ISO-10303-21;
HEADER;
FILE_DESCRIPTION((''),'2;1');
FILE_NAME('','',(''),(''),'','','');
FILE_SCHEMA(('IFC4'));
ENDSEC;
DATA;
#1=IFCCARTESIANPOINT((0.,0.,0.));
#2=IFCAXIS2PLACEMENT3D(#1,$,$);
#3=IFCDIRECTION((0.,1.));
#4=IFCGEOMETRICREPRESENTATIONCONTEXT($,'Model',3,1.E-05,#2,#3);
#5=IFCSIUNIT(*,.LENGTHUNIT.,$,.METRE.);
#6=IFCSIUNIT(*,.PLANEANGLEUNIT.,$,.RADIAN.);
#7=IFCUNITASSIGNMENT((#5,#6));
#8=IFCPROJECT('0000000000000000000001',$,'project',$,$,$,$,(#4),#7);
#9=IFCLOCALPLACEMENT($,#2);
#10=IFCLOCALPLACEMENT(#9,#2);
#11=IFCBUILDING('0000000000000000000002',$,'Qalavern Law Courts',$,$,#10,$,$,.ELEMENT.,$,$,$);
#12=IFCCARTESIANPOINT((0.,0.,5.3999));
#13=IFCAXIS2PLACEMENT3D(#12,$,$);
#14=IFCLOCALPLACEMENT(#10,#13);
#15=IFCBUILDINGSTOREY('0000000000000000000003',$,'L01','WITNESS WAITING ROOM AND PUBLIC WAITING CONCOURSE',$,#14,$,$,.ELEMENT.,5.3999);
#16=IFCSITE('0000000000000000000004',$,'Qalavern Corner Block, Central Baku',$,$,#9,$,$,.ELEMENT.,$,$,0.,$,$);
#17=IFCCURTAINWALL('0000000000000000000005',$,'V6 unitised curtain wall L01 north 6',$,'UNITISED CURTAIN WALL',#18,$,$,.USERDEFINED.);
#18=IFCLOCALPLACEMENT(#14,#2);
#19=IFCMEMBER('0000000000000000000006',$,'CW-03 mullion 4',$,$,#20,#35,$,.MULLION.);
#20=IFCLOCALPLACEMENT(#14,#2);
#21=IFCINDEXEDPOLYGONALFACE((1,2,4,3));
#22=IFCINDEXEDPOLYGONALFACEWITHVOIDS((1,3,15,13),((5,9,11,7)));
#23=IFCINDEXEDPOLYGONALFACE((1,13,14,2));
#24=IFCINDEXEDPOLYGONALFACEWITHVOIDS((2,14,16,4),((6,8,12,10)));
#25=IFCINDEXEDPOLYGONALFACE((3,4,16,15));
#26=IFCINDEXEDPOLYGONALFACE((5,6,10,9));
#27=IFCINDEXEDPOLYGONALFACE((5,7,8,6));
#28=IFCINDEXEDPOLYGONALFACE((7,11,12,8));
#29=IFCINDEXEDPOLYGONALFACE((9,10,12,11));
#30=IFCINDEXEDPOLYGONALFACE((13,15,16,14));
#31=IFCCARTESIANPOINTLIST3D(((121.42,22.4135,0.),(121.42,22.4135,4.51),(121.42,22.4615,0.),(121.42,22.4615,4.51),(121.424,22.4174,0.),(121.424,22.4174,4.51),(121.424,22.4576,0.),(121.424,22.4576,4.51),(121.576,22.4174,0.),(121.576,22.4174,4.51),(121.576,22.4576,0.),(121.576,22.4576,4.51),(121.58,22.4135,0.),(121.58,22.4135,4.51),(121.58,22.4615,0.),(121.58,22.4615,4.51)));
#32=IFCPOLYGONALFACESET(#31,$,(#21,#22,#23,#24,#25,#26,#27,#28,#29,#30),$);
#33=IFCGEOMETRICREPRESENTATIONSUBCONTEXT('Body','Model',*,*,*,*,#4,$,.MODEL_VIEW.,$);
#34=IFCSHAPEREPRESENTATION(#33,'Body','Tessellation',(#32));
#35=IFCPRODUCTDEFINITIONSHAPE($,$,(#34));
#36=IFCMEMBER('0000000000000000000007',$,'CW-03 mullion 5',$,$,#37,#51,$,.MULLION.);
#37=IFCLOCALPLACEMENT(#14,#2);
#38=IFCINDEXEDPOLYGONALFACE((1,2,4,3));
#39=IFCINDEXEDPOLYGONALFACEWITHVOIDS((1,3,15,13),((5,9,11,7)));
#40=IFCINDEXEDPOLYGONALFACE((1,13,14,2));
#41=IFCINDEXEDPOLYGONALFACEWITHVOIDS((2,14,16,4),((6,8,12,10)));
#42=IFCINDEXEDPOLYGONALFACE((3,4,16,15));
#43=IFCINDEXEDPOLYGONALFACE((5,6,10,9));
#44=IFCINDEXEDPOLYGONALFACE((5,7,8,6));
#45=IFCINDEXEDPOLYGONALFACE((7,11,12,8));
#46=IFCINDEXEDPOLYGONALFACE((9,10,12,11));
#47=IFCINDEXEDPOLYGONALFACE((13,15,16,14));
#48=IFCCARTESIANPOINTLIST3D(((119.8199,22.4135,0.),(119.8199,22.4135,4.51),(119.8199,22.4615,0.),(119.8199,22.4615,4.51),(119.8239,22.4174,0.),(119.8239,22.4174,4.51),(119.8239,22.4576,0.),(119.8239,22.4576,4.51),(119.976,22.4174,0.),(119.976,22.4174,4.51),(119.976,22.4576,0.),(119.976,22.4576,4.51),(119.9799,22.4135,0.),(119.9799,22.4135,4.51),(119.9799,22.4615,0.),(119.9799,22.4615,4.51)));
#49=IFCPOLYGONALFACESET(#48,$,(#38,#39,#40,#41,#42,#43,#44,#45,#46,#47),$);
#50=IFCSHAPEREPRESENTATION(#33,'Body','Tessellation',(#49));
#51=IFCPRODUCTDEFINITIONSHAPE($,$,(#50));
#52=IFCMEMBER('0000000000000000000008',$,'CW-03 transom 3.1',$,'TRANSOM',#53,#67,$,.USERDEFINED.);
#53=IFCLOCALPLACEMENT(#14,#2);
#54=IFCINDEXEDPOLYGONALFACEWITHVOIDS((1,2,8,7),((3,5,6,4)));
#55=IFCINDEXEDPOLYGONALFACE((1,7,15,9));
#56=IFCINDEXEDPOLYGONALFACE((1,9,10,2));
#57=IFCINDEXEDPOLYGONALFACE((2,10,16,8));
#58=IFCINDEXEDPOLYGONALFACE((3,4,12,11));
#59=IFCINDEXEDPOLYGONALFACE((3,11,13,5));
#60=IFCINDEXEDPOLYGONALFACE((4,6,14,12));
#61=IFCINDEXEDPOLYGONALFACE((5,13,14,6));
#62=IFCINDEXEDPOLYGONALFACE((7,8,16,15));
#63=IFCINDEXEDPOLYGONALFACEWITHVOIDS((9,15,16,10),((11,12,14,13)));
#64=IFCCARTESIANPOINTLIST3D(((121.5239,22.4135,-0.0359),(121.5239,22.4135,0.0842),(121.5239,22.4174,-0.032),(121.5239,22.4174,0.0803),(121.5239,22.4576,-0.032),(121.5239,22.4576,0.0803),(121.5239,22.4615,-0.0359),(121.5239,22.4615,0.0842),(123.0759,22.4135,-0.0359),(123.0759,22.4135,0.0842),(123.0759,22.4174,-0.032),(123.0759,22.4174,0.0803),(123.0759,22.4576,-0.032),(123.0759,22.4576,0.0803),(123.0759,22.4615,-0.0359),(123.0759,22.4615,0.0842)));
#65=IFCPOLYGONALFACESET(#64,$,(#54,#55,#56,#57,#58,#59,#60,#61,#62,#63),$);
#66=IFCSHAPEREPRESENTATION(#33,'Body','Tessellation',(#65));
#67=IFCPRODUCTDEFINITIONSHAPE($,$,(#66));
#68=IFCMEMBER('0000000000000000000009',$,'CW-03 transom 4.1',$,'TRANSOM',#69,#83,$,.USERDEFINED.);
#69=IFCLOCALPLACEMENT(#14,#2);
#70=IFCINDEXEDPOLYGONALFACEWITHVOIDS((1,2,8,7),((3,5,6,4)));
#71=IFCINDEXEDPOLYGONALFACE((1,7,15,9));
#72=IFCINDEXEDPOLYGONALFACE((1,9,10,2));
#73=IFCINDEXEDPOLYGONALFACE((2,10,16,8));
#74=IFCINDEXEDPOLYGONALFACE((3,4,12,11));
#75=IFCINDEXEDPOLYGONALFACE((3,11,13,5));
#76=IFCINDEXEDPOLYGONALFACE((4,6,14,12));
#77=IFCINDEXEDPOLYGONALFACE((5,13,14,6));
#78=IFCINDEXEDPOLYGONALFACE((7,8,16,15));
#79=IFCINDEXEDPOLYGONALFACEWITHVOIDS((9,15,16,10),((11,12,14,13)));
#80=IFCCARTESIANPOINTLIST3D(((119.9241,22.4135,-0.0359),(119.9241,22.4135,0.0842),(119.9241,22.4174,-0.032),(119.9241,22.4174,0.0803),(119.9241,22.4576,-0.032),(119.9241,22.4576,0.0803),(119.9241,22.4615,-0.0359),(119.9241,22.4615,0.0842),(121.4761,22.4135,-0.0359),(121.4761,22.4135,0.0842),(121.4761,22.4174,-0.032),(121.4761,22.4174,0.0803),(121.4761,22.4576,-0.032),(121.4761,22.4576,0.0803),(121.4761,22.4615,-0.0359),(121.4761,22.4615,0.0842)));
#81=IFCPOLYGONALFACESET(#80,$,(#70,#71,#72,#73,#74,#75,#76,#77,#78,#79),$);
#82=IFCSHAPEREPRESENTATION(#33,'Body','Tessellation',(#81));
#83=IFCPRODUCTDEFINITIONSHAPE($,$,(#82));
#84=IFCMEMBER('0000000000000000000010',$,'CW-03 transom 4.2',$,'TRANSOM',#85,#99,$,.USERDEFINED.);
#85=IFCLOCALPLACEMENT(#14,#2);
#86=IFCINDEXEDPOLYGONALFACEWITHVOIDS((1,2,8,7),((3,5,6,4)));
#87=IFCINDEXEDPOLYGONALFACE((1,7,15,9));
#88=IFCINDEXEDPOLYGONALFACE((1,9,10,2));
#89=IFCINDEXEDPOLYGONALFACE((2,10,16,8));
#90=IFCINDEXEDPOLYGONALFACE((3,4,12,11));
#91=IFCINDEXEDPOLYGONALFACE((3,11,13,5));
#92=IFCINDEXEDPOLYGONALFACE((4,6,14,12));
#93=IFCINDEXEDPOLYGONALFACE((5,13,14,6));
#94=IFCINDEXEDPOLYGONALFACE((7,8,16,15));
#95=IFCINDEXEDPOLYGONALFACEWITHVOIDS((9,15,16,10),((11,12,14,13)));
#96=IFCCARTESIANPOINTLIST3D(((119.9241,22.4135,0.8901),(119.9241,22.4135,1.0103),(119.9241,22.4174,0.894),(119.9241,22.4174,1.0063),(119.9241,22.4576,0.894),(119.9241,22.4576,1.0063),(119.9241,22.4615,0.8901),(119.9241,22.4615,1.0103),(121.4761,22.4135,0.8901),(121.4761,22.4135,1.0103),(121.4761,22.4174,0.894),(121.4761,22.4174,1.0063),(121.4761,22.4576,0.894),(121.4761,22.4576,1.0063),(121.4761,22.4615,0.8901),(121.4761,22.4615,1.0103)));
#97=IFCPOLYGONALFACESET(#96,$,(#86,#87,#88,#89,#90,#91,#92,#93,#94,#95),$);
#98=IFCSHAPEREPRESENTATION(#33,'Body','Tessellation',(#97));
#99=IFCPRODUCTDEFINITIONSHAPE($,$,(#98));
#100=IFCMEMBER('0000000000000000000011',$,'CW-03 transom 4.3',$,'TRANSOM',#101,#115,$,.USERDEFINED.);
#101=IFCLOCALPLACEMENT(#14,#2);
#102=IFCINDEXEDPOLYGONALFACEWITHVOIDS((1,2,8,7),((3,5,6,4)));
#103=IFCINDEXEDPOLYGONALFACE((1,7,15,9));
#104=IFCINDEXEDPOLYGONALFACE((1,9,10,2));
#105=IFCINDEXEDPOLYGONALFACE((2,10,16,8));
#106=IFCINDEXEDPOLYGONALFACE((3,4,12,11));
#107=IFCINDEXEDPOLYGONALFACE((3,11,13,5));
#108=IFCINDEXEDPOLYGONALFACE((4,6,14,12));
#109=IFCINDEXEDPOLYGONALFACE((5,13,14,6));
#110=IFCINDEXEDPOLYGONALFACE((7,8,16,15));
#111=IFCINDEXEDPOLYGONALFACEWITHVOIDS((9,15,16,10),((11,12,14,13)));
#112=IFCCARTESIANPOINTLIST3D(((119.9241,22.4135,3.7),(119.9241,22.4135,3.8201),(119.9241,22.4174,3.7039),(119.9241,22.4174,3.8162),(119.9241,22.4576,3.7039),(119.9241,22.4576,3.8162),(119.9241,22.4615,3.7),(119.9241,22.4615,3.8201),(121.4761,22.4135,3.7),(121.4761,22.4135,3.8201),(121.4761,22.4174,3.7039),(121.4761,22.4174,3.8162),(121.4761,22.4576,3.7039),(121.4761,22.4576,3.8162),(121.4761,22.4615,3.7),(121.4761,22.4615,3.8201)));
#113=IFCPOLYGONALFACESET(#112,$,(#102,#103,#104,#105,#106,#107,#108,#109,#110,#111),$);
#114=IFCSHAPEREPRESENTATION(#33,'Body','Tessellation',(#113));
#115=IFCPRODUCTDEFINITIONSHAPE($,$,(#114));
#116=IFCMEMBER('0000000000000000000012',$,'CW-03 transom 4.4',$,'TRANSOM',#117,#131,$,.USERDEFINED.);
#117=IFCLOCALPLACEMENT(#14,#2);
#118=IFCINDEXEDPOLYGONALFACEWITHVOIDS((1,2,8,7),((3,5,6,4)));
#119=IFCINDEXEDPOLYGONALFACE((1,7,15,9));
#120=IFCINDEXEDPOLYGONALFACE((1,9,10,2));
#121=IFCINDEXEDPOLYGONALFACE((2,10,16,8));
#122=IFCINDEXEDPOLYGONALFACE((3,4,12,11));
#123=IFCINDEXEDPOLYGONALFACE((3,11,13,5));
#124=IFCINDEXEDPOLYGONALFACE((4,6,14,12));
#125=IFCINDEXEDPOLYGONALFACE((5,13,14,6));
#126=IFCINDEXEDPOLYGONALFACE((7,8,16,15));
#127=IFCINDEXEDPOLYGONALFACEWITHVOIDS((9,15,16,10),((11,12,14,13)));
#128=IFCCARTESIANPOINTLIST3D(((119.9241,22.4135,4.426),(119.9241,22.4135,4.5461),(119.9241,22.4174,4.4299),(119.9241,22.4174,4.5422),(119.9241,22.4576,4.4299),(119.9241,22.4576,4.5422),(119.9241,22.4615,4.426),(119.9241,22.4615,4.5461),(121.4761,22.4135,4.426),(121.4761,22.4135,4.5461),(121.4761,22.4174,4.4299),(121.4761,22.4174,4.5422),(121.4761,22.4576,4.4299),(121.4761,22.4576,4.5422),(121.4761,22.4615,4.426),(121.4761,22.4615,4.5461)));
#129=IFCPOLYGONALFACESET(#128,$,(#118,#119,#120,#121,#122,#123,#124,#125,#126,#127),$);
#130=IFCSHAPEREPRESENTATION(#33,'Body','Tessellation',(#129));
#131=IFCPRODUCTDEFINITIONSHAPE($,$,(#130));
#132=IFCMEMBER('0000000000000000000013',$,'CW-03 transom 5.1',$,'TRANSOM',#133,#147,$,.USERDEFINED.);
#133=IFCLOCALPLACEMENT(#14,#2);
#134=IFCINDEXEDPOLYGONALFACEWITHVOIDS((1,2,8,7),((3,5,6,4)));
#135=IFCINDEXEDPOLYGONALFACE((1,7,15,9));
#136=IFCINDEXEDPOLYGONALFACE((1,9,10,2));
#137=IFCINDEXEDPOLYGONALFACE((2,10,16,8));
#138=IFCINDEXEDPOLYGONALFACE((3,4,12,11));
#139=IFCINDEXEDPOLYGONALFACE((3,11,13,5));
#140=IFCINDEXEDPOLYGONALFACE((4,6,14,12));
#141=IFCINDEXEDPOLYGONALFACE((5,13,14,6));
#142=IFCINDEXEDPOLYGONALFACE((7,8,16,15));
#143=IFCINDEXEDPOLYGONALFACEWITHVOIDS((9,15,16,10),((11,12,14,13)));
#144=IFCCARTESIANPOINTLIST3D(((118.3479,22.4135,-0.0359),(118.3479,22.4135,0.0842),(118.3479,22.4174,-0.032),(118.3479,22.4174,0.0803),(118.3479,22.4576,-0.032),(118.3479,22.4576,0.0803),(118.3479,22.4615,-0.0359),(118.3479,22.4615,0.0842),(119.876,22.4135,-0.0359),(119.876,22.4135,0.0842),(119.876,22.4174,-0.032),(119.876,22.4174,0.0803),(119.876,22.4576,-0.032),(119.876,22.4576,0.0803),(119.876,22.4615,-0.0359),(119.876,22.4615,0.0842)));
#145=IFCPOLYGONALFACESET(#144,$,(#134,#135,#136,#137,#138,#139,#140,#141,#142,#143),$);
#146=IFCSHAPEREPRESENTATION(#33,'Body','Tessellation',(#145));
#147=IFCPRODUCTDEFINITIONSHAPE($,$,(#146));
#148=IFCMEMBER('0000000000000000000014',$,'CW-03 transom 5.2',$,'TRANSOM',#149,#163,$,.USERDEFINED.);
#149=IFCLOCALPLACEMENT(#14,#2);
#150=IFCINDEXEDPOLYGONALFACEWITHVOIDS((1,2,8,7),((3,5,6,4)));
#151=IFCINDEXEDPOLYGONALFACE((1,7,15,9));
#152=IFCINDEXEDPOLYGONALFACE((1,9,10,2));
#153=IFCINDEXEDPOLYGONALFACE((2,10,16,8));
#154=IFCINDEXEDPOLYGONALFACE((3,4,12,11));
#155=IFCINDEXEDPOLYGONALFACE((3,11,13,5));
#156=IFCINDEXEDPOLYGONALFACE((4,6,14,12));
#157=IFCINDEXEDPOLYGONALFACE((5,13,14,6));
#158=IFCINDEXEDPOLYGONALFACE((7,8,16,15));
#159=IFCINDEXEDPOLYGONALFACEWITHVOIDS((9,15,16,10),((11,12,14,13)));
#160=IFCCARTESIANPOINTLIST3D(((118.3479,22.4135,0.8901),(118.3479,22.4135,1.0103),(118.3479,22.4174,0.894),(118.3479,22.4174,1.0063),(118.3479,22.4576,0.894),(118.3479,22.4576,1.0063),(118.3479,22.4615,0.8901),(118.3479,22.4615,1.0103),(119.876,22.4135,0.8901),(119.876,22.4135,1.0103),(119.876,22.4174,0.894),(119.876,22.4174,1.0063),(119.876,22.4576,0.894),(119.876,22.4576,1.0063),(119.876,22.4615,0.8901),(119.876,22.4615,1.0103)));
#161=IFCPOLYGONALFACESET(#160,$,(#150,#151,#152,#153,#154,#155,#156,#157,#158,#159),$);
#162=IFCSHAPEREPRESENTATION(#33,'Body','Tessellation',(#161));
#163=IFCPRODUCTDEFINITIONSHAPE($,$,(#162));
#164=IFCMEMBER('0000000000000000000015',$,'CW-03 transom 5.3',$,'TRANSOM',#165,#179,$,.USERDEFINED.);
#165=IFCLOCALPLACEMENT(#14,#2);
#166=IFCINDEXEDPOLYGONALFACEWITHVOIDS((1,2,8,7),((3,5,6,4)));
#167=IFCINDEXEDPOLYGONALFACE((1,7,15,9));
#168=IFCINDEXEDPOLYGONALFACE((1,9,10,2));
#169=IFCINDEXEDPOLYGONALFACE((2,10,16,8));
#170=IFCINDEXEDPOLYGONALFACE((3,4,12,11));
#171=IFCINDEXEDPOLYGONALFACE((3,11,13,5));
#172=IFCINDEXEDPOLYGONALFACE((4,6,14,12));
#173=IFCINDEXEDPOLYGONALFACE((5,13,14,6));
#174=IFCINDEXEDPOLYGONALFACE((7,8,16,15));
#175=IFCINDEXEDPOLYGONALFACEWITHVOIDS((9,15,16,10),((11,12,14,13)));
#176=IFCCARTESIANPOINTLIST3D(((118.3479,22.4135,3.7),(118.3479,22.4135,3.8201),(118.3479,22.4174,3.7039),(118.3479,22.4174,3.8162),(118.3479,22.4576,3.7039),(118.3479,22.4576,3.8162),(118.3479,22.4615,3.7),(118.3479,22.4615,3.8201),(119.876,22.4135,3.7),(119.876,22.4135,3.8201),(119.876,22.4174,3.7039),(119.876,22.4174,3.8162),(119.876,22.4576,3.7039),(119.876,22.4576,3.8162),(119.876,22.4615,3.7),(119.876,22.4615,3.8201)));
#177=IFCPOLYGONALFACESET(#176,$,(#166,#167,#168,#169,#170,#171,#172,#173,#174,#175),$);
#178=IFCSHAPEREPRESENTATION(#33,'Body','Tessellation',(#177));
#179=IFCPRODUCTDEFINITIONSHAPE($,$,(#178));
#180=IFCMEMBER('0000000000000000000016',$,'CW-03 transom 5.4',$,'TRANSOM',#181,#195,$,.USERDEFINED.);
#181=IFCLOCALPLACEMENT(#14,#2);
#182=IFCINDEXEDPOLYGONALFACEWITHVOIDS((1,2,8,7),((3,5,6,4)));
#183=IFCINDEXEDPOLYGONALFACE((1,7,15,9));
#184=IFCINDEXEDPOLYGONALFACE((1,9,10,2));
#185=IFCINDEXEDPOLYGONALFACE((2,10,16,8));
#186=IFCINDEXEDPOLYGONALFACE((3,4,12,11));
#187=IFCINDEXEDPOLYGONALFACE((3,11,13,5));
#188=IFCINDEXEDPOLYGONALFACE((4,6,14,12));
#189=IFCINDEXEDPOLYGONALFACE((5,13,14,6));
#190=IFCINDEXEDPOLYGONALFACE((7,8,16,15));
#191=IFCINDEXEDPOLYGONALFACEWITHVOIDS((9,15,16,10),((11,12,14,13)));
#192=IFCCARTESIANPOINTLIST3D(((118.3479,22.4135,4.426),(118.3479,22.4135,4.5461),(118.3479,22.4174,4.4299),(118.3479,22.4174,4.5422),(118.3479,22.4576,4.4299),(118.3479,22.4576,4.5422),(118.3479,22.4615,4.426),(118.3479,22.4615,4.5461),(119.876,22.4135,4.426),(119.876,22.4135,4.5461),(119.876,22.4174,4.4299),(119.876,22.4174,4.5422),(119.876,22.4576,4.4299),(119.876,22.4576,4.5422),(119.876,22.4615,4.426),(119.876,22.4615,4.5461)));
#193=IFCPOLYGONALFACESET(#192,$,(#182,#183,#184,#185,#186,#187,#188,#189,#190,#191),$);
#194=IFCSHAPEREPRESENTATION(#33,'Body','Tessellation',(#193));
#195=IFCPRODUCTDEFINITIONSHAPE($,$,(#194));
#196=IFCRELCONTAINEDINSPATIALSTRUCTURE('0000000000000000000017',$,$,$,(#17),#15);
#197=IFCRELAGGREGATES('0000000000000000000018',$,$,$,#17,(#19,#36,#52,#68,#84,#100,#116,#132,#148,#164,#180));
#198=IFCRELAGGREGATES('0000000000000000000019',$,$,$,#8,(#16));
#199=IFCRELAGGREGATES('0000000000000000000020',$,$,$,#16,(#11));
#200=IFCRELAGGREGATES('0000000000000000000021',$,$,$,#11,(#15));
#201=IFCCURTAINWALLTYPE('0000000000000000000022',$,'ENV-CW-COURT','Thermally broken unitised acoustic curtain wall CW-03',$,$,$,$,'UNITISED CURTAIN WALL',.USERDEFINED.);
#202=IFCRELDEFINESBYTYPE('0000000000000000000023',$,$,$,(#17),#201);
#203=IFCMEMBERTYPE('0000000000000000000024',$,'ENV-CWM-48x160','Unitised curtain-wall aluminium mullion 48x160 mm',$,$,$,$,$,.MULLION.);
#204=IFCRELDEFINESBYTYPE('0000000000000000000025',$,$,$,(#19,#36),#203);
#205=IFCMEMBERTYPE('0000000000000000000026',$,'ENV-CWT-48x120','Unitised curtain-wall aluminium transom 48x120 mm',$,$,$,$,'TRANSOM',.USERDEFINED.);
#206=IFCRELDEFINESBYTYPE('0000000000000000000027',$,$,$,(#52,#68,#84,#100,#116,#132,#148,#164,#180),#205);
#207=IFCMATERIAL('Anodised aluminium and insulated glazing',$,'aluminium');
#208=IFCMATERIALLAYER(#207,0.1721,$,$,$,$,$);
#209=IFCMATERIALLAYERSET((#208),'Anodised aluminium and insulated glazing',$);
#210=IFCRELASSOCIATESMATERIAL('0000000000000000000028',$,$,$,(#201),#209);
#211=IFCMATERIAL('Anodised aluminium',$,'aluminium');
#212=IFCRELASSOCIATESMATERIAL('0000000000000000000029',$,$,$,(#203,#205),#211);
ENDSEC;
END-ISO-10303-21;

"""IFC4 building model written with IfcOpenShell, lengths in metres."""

from ifc_helpers import new_model, si_unit, direction, frame, origin, origin_2d, place, context, subcontext, project, spatial, hollow_rectangle, extrude, material, layer, layer_set, material_profile, profile_set, type_object, element, aggregate, save


model = new_model("IFC4")

# Units and contexts
model_context = context("Model", 3, precision=1e-05, world=origin(), true_north=direction((0.0, 1.0)))
body_context = subcontext(model_context, "Body", "Model", "MODEL_VIEW")
ifc_project = project(units=[si_unit("LENGTHUNIT", "METRE"), si_unit("PLANEANGLEUNIT", "RADIAN")], contexts=[model_context])

# Site, building, storey
site_placement = place(None, origin())
site = spatial("IfcSite", under=ifc_project, at=site_placement, Name="Qalavern Corner Block, Central Baku", CompositionType="ELEMENT", RefElevation=0.0)
building_placement = place(site_placement, origin())
building = spatial("IfcBuilding", under=site, at=building_placement, Name="Qalavern Law Courts", CompositionType="ELEMENT")
storey_placement = place(building_placement, frame((0.0, 0.0, 5.3999)))
storey = spatial("IfcBuildingStorey", under=building, at=storey_placement, Name="L01", Description="WITNESS WAITING ROOM AND PUBLIC WAITING CONCOURSE", CompositionType="ELEMENT", Elevation=5.3999)

# Curtain wall, members
ifc_material_1 = material(Name="Anodised aluminium and insulated glazing", Category="aluminium")
ifc_layer_1 = layer(ifc_material_1, 0.1721)
ifc_layer_set_1 = layer_set([ifc_layer_1], Name="Anodised aluminium and insulated glazing")
curtain_wall_type = type_object("IfcCurtainWallType", Name="ENV-CW-COURT", Description="Thermally broken unitised acoustic curtain wall CW-03", ElementType="UNITISED CURTAIN WALL", PredefinedType="USERDEFINED", material=ifc_layer_set_1)
curtain_wall_placement = place(storey_placement, origin())
curtain_wall = element("IfcCurtainWall", 1, at=curtain_wall_placement, inside=storey, type_object=curtain_wall_type, Name="V6 unitised curtain wall L01 north 6", ObjectType="UNITISED CURTAIN WALL", PredefinedType="USERDEFINED")
ifc_material_2 = material(Name="Anodised aluminium", Category="aluminium")
ifc_material_profile_1 = material_profile(ifc_material_2, hollow_rectangle(XDim=0.0481, YDim=0.1599, WallThickness=0.0039, at=origin_2d()), Name="ALU MULLION 48x160")
ifc_profile_set_1 = profile_set([ifc_material_profile_1], Name="Anodised aluminium")
member_type_1 = type_object("IfcMemberType", Name="ENV-CWM-48x160", Description="Unitised curtain-wall aluminium mullion 48x160 mm", PredefinedType="MULLION", material=ifc_profile_set_1)
member_1_placement = place(storey_placement, frame((121.5, 22.4375, 0.0), z_axis=(0.0, 0.0, 1.0), x_axis=(0.0, -1.0, 0.0)))
member_1 = element("IfcMember", 2, at=member_1_placement, type_object=member_type_1, Name="CW-03 mullion 4", PredefinedType="MULLION", context=body_context, shape_type="SweptSolid", body=[
    extrude(hollow_rectangle(XDim=0.0481, YDim=0.1599, WallThickness=0.0039, at=origin_2d()), origin(), (0.0, 0.0, 1.0), 4.51),
])
member_2_placement = place(storey_placement, frame((119.8999, 22.4375, 0.0), z_axis=(0.0, 0.0, 1.0), x_axis=(0.0, -1.0, 0.0)))
member_2 = element("IfcMember", 3, at=member_2_placement, type_object=member_type_1, Name="CW-03 mullion 5", PredefinedType="MULLION", context=body_context, shape_type="SweptSolid", body=[
    extrude(hollow_rectangle(XDim=0.0481, YDim=0.1599, WallThickness=0.0039, at=origin_2d()), origin(), (0.0, 0.0, 1.0), 4.51),
])
ifc_material_profile_2 = material_profile(ifc_material_2, hollow_rectangle(XDim=0.0481, YDim=0.1201, WallThickness=0.0039, at=origin_2d()), Name="ALU TRANSOM 48x120")
ifc_profile_set_2 = profile_set([ifc_material_profile_2], Name="Anodised aluminium")
member_type_2 = type_object("IfcMemberType", Name="ENV-CWT-48x120", Description="Unitised curtain-wall aluminium transom 48x120 mm", ElementType="TRANSOM", PredefinedType="USERDEFINED", material=ifc_profile_set_2)
member_3_placement = place(storey_placement, frame((123.0759, 22.4375, 0.0242), z_axis=(-1.0, 0.0, 0.0), x_axis=(0.0, -1.0, 0.0)))
member_3 = element("IfcMember", 4, at=member_3_placement, type_object=member_type_2, Name="CW-03 transom 3.1", ObjectType="TRANSOM", PredefinedType="USERDEFINED", context=body_context, shape_type="SweptSolid", body=[
    extrude(hollow_rectangle(XDim=0.0481, YDim=0.1201, WallThickness=0.0039, at=origin_2d()), origin(), (0.0, 0.0, 1.0), 1.552),
])
member_4_placement = place(storey_placement, frame((121.4761, 22.4375, 0.0242), z_axis=(-1.0, 0.0, 0.0), x_axis=(0.0, -1.0, 0.0)))
member_4 = element("IfcMember", 5, at=member_4_placement, type_object=member_type_2, Name="CW-03 transom 4.1", ObjectType="TRANSOM", PredefinedType="USERDEFINED", context=body_context, shape_type="SweptSolid", body=[
    extrude(hollow_rectangle(XDim=0.0481, YDim=0.1201, WallThickness=0.0039, at=origin_2d()), origin(), (0.0, 0.0, 1.0), 1.552),
])
member_5_placement = place(storey_placement, frame((121.4761, 22.4375, 0.9502), z_axis=(-1.0, 0.0, 0.0), x_axis=(0.0, -1.0, 0.0)))
member_5 = element("IfcMember", 6, at=member_5_placement, type_object=member_type_2, Name="CW-03 transom 4.2", ObjectType="TRANSOM", PredefinedType="USERDEFINED", context=body_context, shape_type="SweptSolid", body=[
    extrude(hollow_rectangle(XDim=0.0481, YDim=0.1201, WallThickness=0.0039, at=origin_2d()), origin(), (0.0, 0.0, 1.0), 1.552),
])
member_6_placement = place(storey_placement, frame((121.4761, 22.4375, 3.76), z_axis=(-1.0, 0.0, 0.0), x_axis=(0.0, -1.0, 0.0)))
member_6 = element("IfcMember", 7, at=member_6_placement, type_object=member_type_2, Name="CW-03 transom 4.3", ObjectType="TRANSOM", PredefinedType="USERDEFINED", context=body_context, shape_type="SweptSolid", body=[
    extrude(hollow_rectangle(XDim=0.0481, YDim=0.1201, WallThickness=0.0039, at=origin_2d()), origin(), (0.0, 0.0, 1.0), 1.552),
])
member_7_placement = place(storey_placement, frame((121.4761, 22.4375, 4.4861), z_axis=(-1.0, 0.0, 0.0), x_axis=(0.0, -1.0, 0.0)))
member_7 = element("IfcMember", 8, at=member_7_placement, type_object=member_type_2, Name="CW-03 transom 4.4", ObjectType="TRANSOM", PredefinedType="USERDEFINED", context=body_context, shape_type="SweptSolid", body=[
    extrude(hollow_rectangle(XDim=0.0481, YDim=0.1201, WallThickness=0.0039, at=origin_2d()), origin(), (0.0, 0.0, 1.0), 1.552),
])
member_8_placement = place(storey_placement, frame((119.876, 22.4375, 0.0242), z_axis=(-1.0, 0.0, 0.0), x_axis=(0.0, -1.0, 0.0)))
member_8 = element("IfcMember", 9, at=member_8_placement, type_object=member_type_2, Name="CW-03 transom 5.1", ObjectType="TRANSOM", PredefinedType="USERDEFINED", context=body_context, shape_type="SweptSolid", body=[
    extrude(hollow_rectangle(XDim=0.0481, YDim=0.1201, WallThickness=0.0039, at=origin_2d()), origin(), (0.0, 0.0, 1.0), 1.5281),
])
member_9_placement = place(storey_placement, frame((119.876, 22.4375, 0.9502), z_axis=(-1.0, 0.0, 0.0), x_axis=(0.0, -1.0, 0.0)))
member_9 = element("IfcMember", 10, at=member_9_placement, type_object=member_type_2, Name="CW-03 transom 5.2", ObjectType="TRANSOM", PredefinedType="USERDEFINED", context=body_context, shape_type="SweptSolid", body=[
    extrude(hollow_rectangle(XDim=0.0481, YDim=0.1201, WallThickness=0.0039, at=origin_2d()), origin(), (0.0, 0.0, 1.0), 1.5281),
])
member_10_placement = place(storey_placement, frame((119.876, 22.4375, 3.76), z_axis=(-1.0, 0.0, 0.0), x_axis=(0.0, -1.0, 0.0)))
member_10 = element("IfcMember", 11, at=member_10_placement, type_object=member_type_2, Name="CW-03 transom 5.3", ObjectType="TRANSOM", PredefinedType="USERDEFINED", context=body_context, shape_type="SweptSolid", body=[
    extrude(hollow_rectangle(XDim=0.0481, YDim=0.1201, WallThickness=0.0039, at=origin_2d()), origin(), (0.0, 0.0, 1.0), 1.5281),
])
member_11_placement = place(storey_placement, frame((119.876, 22.4375, 4.4861), z_axis=(-1.0, 0.0, 0.0), x_axis=(0.0, -1.0, 0.0)))
member_11 = element("IfcMember", 12, at=member_11_placement, type_object=member_type_2, Name="CW-03 transom 5.4", ObjectType="TRANSOM", PredefinedType="USERDEFINED", context=body_context, shape_type="SweptSolid", body=[
    extrude(hollow_rectangle(XDim=0.0481, YDim=0.1201, WallThickness=0.0039, at=origin_2d()), origin(), (0.0, 0.0, 1.0), 1.5281),
])
aggregate(curtain_wall, [member_1, member_2, member_3, member_4, member_5, member_6, member_7, member_8, member_9, member_10, member_11])

save(model, "model.ifc")
